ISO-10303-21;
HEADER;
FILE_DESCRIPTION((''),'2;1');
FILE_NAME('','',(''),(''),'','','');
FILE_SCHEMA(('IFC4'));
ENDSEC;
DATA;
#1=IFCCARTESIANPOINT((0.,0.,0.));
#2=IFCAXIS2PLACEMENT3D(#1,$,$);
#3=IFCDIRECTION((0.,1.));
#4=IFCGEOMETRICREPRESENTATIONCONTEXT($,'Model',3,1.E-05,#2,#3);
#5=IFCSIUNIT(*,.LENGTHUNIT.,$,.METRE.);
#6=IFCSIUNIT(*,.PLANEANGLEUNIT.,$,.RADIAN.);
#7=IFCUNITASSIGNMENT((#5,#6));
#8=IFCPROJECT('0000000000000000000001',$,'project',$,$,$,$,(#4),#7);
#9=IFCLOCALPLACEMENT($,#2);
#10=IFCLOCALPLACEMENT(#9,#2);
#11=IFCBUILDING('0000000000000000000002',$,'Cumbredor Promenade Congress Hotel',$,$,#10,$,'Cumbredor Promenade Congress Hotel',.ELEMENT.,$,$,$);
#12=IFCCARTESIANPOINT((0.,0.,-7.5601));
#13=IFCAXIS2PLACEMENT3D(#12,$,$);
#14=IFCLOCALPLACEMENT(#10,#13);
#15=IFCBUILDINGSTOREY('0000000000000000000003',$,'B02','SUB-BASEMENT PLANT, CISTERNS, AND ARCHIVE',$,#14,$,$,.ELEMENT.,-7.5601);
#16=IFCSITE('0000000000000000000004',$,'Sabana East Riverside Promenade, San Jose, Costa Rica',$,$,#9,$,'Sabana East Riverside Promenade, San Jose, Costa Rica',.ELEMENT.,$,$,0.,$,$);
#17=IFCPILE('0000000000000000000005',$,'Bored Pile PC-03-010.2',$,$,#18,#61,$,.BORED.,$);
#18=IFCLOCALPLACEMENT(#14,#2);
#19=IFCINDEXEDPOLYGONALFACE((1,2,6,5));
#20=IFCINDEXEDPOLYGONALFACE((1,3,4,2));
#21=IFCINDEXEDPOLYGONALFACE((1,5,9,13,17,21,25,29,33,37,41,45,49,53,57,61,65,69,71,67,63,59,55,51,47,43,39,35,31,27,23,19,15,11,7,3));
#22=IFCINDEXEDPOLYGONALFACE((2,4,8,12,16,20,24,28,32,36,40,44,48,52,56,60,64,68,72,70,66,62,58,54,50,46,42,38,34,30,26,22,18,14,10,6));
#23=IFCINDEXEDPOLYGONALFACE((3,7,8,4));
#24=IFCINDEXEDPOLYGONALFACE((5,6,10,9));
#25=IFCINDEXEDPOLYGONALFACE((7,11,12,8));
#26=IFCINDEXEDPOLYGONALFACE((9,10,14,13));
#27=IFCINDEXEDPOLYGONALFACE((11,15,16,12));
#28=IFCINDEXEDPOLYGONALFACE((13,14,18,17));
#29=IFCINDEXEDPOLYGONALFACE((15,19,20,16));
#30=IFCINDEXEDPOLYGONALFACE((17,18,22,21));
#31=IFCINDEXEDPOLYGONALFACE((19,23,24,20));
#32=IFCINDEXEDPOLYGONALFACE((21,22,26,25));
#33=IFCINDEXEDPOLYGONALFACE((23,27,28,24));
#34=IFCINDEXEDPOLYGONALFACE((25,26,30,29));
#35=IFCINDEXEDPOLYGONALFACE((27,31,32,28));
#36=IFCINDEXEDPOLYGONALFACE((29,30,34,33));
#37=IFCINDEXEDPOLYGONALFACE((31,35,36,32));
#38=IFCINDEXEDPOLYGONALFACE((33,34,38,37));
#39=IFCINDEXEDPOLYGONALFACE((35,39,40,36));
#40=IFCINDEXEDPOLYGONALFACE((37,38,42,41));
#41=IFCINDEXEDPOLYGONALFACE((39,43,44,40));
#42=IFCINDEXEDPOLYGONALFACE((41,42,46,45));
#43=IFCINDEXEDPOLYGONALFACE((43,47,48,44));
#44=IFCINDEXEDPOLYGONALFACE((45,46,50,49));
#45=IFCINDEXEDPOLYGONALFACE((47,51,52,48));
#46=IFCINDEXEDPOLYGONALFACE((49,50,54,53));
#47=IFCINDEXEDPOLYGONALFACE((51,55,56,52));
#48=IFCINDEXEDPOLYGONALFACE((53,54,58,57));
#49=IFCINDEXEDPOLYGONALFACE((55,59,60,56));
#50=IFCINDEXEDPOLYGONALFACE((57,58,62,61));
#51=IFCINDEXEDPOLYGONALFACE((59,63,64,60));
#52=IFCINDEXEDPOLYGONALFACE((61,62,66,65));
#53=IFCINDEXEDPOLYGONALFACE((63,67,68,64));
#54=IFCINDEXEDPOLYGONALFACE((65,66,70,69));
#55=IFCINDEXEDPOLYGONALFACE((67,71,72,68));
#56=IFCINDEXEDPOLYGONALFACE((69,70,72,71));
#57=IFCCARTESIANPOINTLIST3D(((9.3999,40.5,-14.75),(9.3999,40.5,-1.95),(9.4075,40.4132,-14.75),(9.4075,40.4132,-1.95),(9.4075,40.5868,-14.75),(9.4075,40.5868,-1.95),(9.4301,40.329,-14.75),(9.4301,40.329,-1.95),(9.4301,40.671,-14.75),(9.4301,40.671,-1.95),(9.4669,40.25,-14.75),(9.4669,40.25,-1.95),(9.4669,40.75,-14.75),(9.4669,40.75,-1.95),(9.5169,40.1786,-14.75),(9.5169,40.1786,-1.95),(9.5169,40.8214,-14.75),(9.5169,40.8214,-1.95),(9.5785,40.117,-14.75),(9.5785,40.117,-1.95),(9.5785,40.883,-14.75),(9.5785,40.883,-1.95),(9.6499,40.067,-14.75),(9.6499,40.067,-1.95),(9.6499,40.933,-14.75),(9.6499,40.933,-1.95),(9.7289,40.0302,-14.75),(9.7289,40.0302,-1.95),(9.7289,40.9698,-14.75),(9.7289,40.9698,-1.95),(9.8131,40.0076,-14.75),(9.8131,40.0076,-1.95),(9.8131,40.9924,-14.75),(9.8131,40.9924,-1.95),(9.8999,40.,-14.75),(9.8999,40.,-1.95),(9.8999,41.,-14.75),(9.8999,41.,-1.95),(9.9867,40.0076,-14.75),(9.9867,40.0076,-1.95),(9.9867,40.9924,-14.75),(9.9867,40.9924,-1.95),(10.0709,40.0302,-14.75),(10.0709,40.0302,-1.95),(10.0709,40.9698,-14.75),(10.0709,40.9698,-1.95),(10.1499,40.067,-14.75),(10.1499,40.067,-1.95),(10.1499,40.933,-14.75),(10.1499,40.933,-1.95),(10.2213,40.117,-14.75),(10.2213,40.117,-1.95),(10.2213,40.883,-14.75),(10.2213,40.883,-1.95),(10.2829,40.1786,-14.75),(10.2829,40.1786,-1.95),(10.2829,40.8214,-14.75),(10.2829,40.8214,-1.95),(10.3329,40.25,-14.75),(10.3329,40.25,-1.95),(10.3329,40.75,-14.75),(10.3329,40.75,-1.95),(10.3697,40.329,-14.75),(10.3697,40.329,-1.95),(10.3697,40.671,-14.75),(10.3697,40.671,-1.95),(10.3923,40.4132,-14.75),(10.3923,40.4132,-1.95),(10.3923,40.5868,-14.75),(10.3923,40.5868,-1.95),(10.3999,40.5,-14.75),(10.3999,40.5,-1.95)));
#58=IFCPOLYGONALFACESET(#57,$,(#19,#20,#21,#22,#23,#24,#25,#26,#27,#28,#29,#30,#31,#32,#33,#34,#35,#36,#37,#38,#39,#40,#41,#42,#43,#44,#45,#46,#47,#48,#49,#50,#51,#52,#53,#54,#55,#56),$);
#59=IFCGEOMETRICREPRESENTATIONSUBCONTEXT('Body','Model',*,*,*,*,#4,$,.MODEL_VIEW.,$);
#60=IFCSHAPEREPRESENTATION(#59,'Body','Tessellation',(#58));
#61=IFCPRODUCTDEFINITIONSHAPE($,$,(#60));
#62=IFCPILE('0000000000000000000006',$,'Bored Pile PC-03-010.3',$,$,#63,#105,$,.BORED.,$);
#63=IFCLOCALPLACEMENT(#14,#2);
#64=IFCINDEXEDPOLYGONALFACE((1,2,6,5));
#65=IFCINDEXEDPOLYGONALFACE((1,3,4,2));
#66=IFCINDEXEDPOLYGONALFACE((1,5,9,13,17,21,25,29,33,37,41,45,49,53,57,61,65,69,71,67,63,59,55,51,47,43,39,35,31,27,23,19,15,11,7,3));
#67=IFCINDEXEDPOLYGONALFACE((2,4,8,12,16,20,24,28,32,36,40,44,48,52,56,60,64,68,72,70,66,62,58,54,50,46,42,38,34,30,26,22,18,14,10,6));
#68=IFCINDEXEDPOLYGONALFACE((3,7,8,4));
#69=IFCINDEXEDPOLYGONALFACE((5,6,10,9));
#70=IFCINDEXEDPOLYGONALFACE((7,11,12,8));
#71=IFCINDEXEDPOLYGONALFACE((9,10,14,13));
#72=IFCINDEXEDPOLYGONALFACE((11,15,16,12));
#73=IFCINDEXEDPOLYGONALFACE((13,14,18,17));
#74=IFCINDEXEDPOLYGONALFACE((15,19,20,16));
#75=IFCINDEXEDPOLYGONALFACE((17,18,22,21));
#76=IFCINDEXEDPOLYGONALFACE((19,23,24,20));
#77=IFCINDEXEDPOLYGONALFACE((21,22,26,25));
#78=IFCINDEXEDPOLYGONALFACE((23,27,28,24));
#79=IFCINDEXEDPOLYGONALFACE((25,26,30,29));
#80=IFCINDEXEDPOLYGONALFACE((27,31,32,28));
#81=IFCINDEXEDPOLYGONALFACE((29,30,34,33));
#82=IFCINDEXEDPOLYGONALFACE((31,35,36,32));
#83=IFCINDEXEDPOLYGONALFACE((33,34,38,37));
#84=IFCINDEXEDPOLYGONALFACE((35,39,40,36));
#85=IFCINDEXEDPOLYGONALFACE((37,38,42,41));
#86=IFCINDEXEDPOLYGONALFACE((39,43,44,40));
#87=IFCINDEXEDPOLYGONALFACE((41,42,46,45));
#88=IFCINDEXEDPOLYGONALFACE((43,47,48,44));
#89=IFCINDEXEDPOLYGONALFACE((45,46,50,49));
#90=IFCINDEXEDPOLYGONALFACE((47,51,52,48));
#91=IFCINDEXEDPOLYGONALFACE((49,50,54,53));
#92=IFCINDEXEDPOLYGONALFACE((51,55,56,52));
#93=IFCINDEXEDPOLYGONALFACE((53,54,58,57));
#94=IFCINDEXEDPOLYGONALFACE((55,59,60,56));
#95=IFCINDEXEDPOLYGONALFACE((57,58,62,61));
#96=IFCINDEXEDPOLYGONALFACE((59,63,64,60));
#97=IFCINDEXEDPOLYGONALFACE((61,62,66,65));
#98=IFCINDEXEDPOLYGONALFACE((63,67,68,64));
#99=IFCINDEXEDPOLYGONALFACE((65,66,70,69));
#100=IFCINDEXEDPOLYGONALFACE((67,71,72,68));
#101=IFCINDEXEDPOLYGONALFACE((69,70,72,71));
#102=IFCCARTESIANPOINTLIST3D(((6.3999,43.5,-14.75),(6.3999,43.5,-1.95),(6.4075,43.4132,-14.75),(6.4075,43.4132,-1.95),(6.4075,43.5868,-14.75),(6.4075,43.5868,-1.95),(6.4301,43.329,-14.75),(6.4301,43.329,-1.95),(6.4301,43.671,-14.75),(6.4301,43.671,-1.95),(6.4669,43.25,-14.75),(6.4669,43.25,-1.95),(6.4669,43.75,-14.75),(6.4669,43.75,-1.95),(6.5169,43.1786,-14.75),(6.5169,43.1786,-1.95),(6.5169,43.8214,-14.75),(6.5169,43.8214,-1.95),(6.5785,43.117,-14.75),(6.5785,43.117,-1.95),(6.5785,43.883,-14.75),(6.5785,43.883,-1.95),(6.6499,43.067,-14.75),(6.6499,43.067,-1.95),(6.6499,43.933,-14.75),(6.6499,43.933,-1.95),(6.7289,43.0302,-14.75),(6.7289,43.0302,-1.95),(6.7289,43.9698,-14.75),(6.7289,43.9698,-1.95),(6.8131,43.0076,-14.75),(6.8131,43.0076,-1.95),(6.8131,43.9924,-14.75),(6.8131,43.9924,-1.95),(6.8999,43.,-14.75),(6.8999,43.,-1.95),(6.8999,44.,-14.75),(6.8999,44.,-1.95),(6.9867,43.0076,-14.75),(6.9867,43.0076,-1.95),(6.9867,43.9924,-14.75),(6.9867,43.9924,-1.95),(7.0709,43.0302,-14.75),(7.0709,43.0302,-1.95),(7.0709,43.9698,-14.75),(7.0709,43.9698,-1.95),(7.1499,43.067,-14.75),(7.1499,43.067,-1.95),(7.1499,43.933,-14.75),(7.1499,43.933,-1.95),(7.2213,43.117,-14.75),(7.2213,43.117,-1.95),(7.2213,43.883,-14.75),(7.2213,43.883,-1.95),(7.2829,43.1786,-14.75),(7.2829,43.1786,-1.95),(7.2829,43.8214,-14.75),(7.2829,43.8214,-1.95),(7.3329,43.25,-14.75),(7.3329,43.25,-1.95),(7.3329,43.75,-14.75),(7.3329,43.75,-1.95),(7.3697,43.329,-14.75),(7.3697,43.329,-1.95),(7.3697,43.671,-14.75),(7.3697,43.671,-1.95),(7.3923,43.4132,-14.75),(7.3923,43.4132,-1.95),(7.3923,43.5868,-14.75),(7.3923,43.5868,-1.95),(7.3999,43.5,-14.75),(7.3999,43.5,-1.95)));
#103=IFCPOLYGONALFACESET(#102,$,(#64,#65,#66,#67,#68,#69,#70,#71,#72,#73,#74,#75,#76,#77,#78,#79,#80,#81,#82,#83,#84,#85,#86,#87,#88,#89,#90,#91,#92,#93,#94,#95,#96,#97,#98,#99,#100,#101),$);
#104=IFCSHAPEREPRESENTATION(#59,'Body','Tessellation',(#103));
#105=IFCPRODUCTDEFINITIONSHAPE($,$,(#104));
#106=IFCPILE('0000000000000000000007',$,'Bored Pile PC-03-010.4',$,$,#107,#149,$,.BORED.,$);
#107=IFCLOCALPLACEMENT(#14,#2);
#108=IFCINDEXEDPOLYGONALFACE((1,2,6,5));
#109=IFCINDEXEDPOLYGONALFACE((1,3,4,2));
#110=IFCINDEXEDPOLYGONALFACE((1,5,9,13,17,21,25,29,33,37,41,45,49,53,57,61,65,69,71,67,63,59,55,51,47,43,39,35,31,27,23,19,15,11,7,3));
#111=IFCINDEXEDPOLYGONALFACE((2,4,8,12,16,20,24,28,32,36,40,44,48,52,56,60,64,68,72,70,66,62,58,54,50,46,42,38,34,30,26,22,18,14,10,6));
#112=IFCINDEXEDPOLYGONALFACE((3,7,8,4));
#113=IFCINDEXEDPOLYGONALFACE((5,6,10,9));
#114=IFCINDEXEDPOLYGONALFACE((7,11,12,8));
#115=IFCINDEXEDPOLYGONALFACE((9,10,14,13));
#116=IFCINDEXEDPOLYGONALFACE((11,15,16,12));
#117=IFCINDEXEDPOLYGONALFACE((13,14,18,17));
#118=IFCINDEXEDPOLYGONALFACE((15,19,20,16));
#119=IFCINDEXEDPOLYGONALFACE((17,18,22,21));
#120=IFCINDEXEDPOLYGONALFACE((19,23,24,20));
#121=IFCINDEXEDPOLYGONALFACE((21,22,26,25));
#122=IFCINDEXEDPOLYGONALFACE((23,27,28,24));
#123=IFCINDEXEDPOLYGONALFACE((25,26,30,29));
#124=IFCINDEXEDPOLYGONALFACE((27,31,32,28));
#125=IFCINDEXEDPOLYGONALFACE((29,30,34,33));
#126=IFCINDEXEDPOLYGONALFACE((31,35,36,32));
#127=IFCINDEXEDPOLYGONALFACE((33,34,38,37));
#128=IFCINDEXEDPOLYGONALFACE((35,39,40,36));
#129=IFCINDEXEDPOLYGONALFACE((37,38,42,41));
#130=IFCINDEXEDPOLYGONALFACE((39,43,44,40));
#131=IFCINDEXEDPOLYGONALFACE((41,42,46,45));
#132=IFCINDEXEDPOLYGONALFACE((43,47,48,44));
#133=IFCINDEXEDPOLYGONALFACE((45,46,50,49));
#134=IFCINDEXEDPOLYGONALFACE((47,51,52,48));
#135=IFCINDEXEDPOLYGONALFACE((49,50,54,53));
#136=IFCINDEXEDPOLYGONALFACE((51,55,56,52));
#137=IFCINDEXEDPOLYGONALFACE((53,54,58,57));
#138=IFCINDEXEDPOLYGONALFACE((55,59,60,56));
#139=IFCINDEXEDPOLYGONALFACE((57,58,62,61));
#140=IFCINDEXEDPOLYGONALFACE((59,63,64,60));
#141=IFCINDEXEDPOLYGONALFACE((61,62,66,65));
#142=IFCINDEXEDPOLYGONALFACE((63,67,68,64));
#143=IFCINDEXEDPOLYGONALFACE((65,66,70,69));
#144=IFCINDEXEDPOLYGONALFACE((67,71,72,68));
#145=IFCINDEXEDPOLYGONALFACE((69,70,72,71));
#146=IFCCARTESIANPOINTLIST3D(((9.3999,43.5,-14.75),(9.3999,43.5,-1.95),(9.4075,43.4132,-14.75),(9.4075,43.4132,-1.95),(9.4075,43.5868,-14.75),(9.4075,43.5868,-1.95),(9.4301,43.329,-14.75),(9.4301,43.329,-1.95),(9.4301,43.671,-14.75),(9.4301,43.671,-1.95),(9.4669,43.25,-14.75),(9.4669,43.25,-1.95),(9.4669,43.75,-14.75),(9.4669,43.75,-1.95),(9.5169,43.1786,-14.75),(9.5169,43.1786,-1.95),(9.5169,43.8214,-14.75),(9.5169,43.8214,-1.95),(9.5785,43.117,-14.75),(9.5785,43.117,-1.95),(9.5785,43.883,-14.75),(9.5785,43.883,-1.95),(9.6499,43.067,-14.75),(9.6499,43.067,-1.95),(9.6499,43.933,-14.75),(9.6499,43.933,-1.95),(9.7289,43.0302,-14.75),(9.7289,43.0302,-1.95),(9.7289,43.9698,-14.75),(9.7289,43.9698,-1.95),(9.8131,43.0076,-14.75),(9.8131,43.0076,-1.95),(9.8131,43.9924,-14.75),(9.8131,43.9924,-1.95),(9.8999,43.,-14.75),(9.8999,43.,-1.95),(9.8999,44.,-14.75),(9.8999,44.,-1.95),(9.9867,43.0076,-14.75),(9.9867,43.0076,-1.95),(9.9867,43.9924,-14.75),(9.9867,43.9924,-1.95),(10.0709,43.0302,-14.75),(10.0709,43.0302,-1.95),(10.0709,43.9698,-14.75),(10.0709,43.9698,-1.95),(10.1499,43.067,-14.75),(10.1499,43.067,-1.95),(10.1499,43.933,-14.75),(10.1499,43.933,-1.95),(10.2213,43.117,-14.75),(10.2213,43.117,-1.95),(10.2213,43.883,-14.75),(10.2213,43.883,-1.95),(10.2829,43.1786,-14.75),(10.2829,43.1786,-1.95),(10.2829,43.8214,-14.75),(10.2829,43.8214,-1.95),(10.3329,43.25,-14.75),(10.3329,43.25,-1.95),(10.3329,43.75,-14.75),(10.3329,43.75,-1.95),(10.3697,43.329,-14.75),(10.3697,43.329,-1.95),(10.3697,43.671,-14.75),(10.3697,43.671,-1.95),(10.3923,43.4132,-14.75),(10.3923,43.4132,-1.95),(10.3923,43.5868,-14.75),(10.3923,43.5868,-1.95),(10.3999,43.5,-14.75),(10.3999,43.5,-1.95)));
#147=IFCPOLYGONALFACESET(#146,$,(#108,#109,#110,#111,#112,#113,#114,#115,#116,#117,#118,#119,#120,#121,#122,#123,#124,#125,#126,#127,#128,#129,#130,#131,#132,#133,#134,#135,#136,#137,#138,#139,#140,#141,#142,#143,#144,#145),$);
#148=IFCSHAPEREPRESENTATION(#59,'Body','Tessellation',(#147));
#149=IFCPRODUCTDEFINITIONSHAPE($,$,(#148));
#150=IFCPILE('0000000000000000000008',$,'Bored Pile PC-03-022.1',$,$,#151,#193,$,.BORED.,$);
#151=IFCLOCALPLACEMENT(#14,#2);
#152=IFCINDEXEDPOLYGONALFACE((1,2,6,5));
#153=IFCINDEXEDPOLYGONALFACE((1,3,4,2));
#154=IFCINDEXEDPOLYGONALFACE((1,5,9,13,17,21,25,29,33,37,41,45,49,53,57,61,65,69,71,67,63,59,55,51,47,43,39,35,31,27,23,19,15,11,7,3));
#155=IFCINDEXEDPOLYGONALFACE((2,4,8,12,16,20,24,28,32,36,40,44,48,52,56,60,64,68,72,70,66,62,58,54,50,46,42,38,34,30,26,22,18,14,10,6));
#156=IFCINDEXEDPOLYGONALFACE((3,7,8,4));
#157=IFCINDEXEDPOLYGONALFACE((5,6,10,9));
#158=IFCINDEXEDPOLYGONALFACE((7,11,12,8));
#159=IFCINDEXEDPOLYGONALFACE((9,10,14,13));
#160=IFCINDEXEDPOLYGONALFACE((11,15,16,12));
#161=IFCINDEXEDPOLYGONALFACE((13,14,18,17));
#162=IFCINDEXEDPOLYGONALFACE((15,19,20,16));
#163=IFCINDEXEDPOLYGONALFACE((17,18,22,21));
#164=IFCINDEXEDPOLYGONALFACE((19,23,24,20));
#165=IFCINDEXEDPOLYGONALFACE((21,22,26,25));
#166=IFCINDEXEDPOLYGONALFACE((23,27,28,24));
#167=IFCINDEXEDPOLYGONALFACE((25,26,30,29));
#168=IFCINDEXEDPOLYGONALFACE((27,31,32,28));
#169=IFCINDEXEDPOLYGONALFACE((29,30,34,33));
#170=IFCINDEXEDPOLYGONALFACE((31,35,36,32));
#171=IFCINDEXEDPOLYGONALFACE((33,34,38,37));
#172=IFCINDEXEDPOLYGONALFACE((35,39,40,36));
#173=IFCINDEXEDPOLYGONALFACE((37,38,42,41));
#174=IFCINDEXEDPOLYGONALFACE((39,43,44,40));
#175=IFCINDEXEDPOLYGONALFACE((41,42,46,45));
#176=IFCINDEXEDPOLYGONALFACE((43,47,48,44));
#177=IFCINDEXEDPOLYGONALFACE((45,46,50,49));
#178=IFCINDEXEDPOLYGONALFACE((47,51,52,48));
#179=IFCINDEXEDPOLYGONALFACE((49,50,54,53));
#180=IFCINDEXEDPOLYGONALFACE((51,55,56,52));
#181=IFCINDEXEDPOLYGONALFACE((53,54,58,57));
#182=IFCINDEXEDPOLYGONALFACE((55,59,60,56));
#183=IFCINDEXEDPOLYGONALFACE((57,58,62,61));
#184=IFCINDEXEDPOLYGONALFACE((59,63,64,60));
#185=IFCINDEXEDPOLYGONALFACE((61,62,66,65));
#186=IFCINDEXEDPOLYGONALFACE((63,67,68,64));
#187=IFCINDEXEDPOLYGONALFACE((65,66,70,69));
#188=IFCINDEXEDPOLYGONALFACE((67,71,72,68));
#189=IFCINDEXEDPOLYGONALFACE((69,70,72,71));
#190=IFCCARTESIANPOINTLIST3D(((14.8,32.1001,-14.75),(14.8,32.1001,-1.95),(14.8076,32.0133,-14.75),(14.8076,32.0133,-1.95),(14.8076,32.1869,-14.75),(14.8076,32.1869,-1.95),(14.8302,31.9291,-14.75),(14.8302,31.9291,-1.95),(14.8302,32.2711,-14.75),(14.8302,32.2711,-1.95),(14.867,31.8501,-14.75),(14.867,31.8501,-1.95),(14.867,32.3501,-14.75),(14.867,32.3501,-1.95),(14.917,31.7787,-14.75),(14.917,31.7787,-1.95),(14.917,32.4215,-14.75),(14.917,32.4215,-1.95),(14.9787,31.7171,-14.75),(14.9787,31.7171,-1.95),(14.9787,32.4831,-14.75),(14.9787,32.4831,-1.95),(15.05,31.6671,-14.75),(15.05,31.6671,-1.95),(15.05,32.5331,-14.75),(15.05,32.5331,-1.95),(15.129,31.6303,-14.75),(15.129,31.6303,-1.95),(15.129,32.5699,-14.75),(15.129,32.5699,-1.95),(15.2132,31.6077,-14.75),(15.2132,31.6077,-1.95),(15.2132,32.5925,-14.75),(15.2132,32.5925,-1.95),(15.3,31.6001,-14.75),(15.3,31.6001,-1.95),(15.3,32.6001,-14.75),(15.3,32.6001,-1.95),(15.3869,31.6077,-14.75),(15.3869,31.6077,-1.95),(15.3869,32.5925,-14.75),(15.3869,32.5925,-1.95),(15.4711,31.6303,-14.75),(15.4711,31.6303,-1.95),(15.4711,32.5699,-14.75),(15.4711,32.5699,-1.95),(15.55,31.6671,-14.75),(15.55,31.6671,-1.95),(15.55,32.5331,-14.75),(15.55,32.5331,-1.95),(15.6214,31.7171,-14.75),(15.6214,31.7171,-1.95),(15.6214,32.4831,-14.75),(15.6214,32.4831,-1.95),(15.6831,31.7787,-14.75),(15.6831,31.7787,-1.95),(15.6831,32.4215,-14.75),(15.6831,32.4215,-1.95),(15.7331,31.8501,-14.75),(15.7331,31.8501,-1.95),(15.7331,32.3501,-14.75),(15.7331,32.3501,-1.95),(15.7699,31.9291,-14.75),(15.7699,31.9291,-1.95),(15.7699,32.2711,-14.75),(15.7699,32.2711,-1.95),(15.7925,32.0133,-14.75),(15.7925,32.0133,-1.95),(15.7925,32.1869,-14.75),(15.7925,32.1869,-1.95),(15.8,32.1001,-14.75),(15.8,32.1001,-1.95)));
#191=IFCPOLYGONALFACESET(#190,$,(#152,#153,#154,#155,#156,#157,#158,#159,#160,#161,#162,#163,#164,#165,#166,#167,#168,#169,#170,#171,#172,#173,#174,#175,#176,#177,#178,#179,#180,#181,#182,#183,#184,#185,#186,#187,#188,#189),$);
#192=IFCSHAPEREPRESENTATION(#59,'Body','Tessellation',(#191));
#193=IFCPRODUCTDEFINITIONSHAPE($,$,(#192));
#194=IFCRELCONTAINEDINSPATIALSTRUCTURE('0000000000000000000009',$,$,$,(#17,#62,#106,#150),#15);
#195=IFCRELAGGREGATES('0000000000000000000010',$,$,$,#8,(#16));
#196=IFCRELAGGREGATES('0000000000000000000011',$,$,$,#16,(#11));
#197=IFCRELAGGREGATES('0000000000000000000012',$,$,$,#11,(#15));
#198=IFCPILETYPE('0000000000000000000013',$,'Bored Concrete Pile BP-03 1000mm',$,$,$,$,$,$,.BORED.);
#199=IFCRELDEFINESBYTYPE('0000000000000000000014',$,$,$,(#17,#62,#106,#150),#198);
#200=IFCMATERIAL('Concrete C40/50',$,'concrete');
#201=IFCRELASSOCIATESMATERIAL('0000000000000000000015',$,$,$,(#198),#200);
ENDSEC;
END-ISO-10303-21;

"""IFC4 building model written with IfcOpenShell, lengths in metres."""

from ifc_helpers import new_model, si_unit, direction, frame, origin, origin_2d, place, context, subcontext, project, spatial, circle, extrude, material, material_profile, profile_set, type_object, element, save


model = new_model("IFC4")

# Units and contexts
model_context = context("Model", 3, precision=1e-05, world=origin(), true_north=direction((0.0, 1.0)))
body_context = subcontext(model_context, "Body", "Model", "MODEL_VIEW")
ifc_project = project(units=[si_unit("LENGTHUNIT", "METRE"), si_unit("PLANEANGLEUNIT", "RADIAN")], contexts=[model_context])

# Site, building, storey
site_placement = place(None, origin())
site = spatial("IfcSite", under=ifc_project, at=site_placement, Name="Sabana East Riverside Promenade, San Jose, Costa Rica", LongName="Sabana East Riverside Promenade, San Jose, Costa Rica", CompositionType="ELEMENT", RefElevation=0.0)
building_placement = place(site_placement, origin())
building = spatial("IfcBuilding", under=site, at=building_placement, Name="Cumbredor Promenade Congress Hotel", LongName="Cumbredor Promenade Congress Hotel", CompositionType="ELEMENT")
storey_placement = place(building_placement, frame((0.0, 0.0, -7.5601)))
storey = spatial("IfcBuildingStorey", under=building, at=storey_placement, Name="B02", Description="SUB-BASEMENT PLANT, CISTERNS, AND ARCHIVE", CompositionType="ELEMENT", Elevation=-7.5601)

# Piles
ifc_material_1 = material(Name="Concrete C40/50", Category="concrete")
ifc_material_profile_1 = material_profile(ifc_material_1, circle(Radius=0.5, at=origin_2d()), Name="PILE D1000")
ifc_profile_set_1 = profile_set([ifc_material_profile_1], Name="Concrete C40/50")
pile_type = type_object("IfcPileType", Name="Bored Concrete Pile BP-03 1000mm", PredefinedType="BORED", material=ifc_profile_set_1)
for number, where, z_axis, x_axis, name in (
    (1, (9.8999, 40.5, -1.95), (0.0, 0.0, -1.0), (1.0, 0.0, 0.0), "Bored Pile PC-03-010.2"),
    (2, (6.8999, 43.5, -1.95), (0.0, 0.0, -1.0), (1.0, 0.0, 0.0), "Bored Pile PC-03-010.3"),
    (3, (9.8999, 43.5, -1.95), (0.0, 0.0, -1.0), (1.0, 0.0, 0.0), "Bored Pile PC-03-010.4"),
    (4, (15.3, 32.1001, -1.95), (0.0, 0.0, -1.0), (1.0, 0.0, 0.0), "Bored Pile PC-03-022.1"),
):
    element("IfcPile", number, at=place(storey_placement, frame(where, z_axis=z_axis, x_axis=x_axis)), inside=storey, type_object=pile_type, Name=name, PredefinedType="BORED", context=body_context, shape_type="SweptSolid", body=[
        extrude(circle(Radius=0.5, at=origin_2d()), origin(), (0.0, 0.0, 1.0), 12.8),
    ])

save(model, "model.ifc")
